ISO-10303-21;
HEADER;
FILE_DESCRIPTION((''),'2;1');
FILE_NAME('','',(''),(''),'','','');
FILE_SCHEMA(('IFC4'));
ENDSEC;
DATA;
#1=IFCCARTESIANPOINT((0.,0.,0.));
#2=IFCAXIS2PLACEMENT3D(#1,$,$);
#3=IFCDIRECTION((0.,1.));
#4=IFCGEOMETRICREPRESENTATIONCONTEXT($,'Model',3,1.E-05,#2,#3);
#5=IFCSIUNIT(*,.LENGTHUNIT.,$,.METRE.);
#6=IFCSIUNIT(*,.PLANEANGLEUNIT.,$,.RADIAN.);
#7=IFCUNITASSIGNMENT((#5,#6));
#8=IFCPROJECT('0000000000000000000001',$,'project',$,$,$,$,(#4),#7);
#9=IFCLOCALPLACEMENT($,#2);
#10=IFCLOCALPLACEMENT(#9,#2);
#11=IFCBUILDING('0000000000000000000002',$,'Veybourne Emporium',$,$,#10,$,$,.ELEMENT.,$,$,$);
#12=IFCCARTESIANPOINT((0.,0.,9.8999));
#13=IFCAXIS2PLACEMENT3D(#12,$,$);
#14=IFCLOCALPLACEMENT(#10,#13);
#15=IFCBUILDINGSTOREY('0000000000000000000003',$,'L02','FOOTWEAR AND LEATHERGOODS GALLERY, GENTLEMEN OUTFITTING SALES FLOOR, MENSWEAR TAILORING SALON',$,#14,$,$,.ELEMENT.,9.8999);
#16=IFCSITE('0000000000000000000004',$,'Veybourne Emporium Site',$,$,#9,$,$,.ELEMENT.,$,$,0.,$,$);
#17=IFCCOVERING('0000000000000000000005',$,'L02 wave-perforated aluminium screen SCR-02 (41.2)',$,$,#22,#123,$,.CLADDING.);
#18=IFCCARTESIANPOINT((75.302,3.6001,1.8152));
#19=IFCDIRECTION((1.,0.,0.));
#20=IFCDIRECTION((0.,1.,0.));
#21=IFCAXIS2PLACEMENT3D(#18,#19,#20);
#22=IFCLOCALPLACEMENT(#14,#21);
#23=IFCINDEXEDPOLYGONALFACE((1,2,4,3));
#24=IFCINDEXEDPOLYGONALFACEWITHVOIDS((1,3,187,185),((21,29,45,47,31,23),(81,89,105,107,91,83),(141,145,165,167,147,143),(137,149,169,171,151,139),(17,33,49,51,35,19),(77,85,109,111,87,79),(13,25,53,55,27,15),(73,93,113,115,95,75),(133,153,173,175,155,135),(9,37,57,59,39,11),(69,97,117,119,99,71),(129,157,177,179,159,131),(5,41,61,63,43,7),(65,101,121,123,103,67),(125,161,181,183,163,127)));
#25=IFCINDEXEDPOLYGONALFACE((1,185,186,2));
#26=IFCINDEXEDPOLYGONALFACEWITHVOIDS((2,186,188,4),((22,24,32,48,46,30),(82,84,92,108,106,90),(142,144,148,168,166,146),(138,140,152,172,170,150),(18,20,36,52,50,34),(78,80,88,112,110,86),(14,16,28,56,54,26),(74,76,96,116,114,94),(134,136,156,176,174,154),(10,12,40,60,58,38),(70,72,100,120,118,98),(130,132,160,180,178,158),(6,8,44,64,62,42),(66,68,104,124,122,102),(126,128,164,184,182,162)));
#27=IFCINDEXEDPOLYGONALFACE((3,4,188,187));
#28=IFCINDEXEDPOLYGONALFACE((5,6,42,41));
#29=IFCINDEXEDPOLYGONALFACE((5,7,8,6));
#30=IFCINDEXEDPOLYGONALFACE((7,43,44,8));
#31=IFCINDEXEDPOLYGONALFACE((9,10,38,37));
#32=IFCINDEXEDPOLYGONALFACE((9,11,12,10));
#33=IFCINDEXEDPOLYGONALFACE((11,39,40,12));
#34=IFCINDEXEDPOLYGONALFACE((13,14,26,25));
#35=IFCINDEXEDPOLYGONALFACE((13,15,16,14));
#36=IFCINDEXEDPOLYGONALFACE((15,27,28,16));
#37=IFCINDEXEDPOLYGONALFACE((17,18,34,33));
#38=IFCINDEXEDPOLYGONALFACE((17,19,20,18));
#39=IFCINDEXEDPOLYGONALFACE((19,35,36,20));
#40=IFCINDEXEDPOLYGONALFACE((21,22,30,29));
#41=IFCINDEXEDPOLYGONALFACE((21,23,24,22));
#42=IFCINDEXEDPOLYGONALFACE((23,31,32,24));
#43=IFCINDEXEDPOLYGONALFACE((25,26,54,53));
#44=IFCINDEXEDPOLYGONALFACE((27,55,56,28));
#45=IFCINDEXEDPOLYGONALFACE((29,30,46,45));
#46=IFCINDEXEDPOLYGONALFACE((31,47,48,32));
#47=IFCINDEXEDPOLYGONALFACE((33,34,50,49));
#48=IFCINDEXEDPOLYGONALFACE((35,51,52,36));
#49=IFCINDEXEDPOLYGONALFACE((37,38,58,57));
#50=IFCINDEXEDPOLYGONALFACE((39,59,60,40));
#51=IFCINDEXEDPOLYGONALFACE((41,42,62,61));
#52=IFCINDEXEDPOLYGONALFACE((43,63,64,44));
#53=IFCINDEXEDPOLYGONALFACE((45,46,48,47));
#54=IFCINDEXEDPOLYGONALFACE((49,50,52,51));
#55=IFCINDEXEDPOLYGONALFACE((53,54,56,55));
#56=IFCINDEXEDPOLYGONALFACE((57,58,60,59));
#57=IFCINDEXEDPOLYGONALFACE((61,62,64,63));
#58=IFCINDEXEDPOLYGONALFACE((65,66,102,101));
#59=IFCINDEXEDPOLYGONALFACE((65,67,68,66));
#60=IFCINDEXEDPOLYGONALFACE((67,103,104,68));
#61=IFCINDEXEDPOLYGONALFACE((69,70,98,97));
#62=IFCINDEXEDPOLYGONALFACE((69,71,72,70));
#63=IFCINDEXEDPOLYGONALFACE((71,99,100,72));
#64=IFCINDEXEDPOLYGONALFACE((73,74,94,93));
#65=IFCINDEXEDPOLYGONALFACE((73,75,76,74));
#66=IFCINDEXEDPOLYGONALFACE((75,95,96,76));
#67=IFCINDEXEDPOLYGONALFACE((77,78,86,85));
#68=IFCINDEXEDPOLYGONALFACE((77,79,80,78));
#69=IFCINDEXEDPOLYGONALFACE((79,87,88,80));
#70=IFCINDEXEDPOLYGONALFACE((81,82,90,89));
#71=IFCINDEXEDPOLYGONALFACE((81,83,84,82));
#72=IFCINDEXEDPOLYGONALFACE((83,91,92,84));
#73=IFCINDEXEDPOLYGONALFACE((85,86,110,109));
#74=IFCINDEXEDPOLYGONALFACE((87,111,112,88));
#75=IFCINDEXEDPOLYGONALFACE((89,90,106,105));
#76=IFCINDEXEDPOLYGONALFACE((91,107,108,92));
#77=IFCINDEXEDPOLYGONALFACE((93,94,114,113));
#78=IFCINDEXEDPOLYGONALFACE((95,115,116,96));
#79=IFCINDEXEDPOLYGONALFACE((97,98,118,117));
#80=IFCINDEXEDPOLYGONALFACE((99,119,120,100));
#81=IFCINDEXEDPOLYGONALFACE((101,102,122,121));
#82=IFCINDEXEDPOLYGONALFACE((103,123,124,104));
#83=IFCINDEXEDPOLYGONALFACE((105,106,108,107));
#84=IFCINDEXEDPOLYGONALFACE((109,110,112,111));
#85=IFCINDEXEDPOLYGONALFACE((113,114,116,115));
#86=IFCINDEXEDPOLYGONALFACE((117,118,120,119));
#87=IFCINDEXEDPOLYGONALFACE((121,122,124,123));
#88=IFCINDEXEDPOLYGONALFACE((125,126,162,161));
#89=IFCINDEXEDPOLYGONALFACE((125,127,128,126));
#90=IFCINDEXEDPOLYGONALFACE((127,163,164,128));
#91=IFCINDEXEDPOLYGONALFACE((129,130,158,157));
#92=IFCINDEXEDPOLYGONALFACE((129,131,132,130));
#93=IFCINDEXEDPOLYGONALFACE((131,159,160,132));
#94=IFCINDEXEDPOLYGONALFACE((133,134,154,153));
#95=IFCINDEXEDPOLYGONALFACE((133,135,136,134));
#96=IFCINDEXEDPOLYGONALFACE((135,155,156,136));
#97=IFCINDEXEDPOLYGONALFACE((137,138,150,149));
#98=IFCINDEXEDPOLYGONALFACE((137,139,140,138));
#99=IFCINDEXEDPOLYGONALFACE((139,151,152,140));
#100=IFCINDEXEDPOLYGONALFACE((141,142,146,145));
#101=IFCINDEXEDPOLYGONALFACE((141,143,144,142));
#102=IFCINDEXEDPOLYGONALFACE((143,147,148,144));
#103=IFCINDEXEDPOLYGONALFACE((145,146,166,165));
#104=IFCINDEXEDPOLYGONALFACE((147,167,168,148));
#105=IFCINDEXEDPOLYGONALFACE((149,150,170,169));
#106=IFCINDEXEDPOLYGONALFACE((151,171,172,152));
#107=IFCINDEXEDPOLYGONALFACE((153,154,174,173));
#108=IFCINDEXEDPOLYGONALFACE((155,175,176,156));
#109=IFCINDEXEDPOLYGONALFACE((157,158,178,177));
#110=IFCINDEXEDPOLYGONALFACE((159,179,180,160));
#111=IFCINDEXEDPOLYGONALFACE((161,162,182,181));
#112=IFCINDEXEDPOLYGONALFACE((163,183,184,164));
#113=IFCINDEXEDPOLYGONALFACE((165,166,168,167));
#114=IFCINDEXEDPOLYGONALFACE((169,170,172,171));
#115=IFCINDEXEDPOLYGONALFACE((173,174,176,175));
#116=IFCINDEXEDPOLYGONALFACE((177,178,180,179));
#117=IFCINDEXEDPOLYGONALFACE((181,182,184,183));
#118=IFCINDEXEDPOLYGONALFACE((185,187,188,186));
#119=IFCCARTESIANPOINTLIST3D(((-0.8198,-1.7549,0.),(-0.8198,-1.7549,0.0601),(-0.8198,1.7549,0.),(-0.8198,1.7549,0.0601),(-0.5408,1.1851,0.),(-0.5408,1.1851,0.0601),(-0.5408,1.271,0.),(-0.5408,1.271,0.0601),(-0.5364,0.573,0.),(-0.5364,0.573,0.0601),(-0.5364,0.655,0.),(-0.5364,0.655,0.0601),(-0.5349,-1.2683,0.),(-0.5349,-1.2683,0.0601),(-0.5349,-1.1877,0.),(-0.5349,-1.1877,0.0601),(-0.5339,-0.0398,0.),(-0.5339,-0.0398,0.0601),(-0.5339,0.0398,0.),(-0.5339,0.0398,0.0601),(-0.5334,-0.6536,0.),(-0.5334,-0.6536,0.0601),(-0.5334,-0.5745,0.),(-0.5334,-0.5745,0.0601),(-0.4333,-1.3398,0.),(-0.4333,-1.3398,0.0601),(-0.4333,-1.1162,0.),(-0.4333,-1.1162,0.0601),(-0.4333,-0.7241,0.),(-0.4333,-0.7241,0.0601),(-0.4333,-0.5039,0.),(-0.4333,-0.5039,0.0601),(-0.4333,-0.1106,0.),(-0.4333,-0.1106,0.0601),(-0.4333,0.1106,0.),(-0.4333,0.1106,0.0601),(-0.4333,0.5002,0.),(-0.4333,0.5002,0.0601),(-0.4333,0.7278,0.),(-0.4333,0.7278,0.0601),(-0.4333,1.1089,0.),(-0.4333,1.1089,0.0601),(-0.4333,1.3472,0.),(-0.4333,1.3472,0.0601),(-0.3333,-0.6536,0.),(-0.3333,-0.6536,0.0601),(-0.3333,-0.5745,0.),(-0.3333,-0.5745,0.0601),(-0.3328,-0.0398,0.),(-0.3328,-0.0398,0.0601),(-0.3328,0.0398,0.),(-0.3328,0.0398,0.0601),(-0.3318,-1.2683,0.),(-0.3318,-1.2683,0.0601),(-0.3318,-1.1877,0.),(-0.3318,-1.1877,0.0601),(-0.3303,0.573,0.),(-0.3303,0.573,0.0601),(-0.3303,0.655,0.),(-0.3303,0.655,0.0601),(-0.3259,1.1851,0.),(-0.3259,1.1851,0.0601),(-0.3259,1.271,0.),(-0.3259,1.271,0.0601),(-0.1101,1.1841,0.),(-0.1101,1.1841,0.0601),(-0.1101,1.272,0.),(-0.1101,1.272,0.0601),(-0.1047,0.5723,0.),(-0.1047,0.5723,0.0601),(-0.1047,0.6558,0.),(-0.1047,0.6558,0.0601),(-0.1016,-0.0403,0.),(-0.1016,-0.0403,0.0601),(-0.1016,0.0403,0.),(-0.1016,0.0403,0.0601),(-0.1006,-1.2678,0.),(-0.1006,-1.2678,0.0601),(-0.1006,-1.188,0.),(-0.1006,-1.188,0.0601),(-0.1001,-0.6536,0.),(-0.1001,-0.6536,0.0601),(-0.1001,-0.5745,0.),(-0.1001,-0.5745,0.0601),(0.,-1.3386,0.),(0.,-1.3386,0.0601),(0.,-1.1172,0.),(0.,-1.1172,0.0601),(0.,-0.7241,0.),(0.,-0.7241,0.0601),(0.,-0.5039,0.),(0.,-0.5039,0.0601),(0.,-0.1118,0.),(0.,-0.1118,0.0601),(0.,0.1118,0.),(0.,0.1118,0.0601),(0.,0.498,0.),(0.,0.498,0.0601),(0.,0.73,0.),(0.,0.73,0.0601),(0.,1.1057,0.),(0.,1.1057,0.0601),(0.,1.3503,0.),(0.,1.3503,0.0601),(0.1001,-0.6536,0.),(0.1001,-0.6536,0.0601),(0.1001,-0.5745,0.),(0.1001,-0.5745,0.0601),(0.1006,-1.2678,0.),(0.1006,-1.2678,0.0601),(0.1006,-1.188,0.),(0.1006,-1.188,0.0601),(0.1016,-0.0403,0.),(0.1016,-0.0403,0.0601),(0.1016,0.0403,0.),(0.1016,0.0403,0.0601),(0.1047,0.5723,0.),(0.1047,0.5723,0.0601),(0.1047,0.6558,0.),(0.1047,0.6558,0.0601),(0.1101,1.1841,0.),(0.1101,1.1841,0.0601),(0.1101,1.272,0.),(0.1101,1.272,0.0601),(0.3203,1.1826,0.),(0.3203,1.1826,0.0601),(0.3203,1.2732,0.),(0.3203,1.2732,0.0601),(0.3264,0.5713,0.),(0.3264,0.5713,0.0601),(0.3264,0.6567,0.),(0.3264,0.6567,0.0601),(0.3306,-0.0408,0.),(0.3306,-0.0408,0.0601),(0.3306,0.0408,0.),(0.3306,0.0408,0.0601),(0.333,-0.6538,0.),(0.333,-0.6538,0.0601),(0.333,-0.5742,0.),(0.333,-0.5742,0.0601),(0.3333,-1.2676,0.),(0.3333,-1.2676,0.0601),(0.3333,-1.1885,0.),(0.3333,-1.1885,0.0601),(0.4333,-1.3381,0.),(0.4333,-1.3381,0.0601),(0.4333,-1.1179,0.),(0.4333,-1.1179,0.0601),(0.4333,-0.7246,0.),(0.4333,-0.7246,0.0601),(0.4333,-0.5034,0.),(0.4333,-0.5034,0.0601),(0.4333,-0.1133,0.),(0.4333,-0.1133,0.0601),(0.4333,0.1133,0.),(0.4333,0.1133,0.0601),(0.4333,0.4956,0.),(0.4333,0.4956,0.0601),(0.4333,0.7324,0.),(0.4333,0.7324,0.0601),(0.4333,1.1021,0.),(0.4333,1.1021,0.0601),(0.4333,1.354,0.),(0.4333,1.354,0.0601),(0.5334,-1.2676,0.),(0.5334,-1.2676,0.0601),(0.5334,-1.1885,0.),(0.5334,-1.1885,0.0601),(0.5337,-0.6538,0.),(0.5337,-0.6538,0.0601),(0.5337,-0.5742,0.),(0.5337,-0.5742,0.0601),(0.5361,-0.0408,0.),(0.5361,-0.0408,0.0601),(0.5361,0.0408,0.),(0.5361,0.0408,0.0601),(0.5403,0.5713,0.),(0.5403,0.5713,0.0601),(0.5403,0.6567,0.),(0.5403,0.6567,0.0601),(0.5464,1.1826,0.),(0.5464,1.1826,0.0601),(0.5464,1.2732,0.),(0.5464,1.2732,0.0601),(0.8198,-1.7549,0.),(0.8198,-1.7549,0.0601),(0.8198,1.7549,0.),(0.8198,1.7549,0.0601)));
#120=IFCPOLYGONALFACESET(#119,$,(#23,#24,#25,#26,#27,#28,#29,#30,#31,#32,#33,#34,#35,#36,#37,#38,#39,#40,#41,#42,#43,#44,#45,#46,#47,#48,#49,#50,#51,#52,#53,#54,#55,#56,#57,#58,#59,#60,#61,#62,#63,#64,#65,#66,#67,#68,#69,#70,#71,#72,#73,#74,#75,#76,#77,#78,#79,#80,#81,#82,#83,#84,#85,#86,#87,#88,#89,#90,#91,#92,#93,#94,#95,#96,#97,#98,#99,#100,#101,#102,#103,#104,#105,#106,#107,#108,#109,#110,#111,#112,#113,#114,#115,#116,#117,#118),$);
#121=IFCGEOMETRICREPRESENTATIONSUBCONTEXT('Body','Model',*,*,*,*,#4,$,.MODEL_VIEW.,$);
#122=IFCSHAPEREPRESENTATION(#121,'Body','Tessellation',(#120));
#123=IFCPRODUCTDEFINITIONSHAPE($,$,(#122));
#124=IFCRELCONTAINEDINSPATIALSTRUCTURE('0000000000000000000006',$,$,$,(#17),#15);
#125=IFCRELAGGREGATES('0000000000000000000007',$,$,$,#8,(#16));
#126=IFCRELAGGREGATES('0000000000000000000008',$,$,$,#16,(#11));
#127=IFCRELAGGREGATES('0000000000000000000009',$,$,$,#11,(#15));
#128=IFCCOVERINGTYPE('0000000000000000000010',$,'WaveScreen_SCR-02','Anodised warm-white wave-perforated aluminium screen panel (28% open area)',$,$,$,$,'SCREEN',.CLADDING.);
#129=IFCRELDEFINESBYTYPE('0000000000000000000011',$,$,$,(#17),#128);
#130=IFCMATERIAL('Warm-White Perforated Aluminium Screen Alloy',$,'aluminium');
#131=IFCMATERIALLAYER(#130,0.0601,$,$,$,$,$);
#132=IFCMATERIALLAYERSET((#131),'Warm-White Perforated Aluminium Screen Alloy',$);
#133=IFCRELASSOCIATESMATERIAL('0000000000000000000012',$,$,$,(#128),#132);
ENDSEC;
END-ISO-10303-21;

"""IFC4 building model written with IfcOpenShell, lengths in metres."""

from ifc_helpers import new_model, si_unit, direction, frame, origin, place, context, subcontext, project, spatial, polyline, outline, extrude, material, layer, layer_set, type_object, element, save


model = new_model("IFC4")

# Units and contexts
model_context = context("Model", 3, precision=1e-05, world=origin(), true_north=direction((0.0, 1.0)))
body_context = subcontext(model_context, "Body", "Model", "MODEL_VIEW")
ifc_project = project(units=[si_unit("LENGTHUNIT", "METRE"), si_unit("PLANEANGLEUNIT", "RADIAN")], contexts=[model_context])

# Site, building, storey
site_placement = place(None, origin())
site = spatial("IfcSite", under=ifc_project, at=site_placement, Name="Veybourne Emporium Site", CompositionType="ELEMENT", RefElevation=0.0)
building_placement = place(site_placement, origin())
building = spatial("IfcBuilding", under=site, at=building_placement, Name="Veybourne Emporium", CompositionType="ELEMENT")
storey_placement = place(building_placement, frame((0.0, 0.0, 9.8999)))
storey = spatial("IfcBuildingStorey", under=building, at=storey_placement, Name="L02", Description="FOOTWEAR AND LEATHERGOODS GALLERY, GENTLEMEN OUTFITTING SALES FLOOR, MENSWEAR TAILORING SALON", CompositionType="ELEMENT", Elevation=9.8999)

# Covering
ifc_material_1 = material(Name="Warm-White Perforated Aluminium Screen Alloy", Category="aluminium")
ifc_layer_1 = layer(ifc_material_1, 0.0601)
ifc_layer_set_1 = layer_set([ifc_layer_1], Name="Warm-White Perforated Aluminium Screen Alloy")
covering_type_1 = type_object("IfcCoveringType", Name="WaveScreen_SCR-02", Description="Anodised warm-white wave-perforated aluminium screen panel (28% open area)", ElementType="SCREEN", PredefinedType="CLADDING", material=ifc_layer_set_1)
covering_1_placement = place(storey_placement, frame((75.302, 3.6001, 1.8152), z_axis=(1.0, 0.0, 0.0), x_axis=(0.0, 1.0, 0.0)))
element("IfcCovering", 1, at=covering_1_placement, inside=storey, type_object=covering_type_1, Name="L02 wave-perforated aluminium screen SCR-02 (41.2)", PredefinedType="CLADDING", context=body_context, shape_type="SweptSolid", body=[
    extrude(outline(polyline([(-0.8198, -1.7549), (0.8198, -1.7549), (0.8198, 1.7549), (-0.8198, 1.7549), (-0.8198, -1.7549)]), holes=[polyline([(-0.4333, -1.1162), (-0.3318, -1.1877), (-0.3318, -1.2683), (-0.4333, -1.3398), (-0.5349, -1.2683), (-0.5349, -1.1877), (-0.4333, -1.1162)]), polyline([(-0.4333, -0.5039), (-0.3333, -0.5745), (-0.3333, -0.6536), (-0.4333, -0.7241), (-0.5334, -0.6536), (-0.5334, -0.5745), (-0.4333, -0.5039)]), polyline([(-0.4333, 0.1106), (-0.3328, 0.0398), (-0.3328, -0.0398), (-0.4333, -0.1106), (-0.5339, -0.0398), (-0.5339, 0.0398), (-0.4333, 0.1106)]), polyline([(-0.4333, 0.7278), (-0.3303, 0.655), (-0.3303, 0.573), (-0.4333, 0.5002), (-0.5364, 0.573), (-0.5364, 0.655), (-0.4333, 0.7278)]), polyline([(-0.4333, 1.3472), (-0.3259, 1.271), (-0.3259, 1.1851), (-0.4333, 1.1089), (-0.5408, 1.1851), (-0.5408, 1.271), (-0.4333, 1.3472)]), polyline([(0.0, -1.1172), (0.1006, -1.188), (0.1006, -1.2678), (0.0, -1.3386), (-0.1006, -1.2678), (-0.1006, -1.188), (0.0, -1.1172)]), polyline([(0.0, -0.5039), (0.1001, -0.5745), (0.1001, -0.6536), (0.0, -0.7241), (-0.1001, -0.6536), (-0.1001, -0.5745), (0.0, -0.5039)]), polyline([(0.0, 0.1118), (0.1016, 0.0403), (0.1016, -0.0403), (0.0, -0.1118), (-0.1016, -0.0403), (-0.1016, 0.0403), (0.0, 0.1118)]), polyline([(0.0, 0.73), (0.1047, 0.6558), (0.1047, 0.5723), (0.0, 0.498), (-0.1047, 0.5723), (-0.1047, 0.6558), (0.0, 0.73)]), polyline([(0.0, 1.3503), (0.1101, 1.272), (0.1101, 1.1841), (0.0, 1.1057), (-0.1101, 1.1841), (-0.1101, 1.272), (0.0, 1.3503)]), polyline([(0.4333, -1.1179), (0.5334, -1.1885), (0.5334, -1.2676), (0.4333, -1.3381), (0.3333, -1.2676), (0.3333, -1.1885), (0.4333, -1.1179)]), polyline([(0.4333, -0.5034), (0.5337, -0.5742), (0.5337, -0.6538), (0.4333, -0.7246), (0.333, -0.6538), (0.333, -0.5742), (0.4333, -0.5034)]), polyline([(0.4333, 0.1133), (0.5361, 0.0408), (0.5361, -0.0408), (0.4333, -0.1133), (0.3306, -0.0408), (0.3306, 0.0408), (0.4333, 0.1133)]), polyline([(0.4333, 0.7324), (0.5403, 0.6567), (0.5403, 0.5713), (0.4333, 0.4956), (0.3264, 0.5713), (0.3264, 0.6567), (0.4333, 0.7324)]), polyline([(0.4333, 1.354), (0.5464, 1.2732), (0.5464, 1.1826), (0.4333, 1.1021), (0.3203, 1.1826), (0.3203, 1.2732), (0.4333, 1.354)])]), origin(), (0.0, 0.0, 1.0), 0.0601),
])

save(model, "model.ifc")
